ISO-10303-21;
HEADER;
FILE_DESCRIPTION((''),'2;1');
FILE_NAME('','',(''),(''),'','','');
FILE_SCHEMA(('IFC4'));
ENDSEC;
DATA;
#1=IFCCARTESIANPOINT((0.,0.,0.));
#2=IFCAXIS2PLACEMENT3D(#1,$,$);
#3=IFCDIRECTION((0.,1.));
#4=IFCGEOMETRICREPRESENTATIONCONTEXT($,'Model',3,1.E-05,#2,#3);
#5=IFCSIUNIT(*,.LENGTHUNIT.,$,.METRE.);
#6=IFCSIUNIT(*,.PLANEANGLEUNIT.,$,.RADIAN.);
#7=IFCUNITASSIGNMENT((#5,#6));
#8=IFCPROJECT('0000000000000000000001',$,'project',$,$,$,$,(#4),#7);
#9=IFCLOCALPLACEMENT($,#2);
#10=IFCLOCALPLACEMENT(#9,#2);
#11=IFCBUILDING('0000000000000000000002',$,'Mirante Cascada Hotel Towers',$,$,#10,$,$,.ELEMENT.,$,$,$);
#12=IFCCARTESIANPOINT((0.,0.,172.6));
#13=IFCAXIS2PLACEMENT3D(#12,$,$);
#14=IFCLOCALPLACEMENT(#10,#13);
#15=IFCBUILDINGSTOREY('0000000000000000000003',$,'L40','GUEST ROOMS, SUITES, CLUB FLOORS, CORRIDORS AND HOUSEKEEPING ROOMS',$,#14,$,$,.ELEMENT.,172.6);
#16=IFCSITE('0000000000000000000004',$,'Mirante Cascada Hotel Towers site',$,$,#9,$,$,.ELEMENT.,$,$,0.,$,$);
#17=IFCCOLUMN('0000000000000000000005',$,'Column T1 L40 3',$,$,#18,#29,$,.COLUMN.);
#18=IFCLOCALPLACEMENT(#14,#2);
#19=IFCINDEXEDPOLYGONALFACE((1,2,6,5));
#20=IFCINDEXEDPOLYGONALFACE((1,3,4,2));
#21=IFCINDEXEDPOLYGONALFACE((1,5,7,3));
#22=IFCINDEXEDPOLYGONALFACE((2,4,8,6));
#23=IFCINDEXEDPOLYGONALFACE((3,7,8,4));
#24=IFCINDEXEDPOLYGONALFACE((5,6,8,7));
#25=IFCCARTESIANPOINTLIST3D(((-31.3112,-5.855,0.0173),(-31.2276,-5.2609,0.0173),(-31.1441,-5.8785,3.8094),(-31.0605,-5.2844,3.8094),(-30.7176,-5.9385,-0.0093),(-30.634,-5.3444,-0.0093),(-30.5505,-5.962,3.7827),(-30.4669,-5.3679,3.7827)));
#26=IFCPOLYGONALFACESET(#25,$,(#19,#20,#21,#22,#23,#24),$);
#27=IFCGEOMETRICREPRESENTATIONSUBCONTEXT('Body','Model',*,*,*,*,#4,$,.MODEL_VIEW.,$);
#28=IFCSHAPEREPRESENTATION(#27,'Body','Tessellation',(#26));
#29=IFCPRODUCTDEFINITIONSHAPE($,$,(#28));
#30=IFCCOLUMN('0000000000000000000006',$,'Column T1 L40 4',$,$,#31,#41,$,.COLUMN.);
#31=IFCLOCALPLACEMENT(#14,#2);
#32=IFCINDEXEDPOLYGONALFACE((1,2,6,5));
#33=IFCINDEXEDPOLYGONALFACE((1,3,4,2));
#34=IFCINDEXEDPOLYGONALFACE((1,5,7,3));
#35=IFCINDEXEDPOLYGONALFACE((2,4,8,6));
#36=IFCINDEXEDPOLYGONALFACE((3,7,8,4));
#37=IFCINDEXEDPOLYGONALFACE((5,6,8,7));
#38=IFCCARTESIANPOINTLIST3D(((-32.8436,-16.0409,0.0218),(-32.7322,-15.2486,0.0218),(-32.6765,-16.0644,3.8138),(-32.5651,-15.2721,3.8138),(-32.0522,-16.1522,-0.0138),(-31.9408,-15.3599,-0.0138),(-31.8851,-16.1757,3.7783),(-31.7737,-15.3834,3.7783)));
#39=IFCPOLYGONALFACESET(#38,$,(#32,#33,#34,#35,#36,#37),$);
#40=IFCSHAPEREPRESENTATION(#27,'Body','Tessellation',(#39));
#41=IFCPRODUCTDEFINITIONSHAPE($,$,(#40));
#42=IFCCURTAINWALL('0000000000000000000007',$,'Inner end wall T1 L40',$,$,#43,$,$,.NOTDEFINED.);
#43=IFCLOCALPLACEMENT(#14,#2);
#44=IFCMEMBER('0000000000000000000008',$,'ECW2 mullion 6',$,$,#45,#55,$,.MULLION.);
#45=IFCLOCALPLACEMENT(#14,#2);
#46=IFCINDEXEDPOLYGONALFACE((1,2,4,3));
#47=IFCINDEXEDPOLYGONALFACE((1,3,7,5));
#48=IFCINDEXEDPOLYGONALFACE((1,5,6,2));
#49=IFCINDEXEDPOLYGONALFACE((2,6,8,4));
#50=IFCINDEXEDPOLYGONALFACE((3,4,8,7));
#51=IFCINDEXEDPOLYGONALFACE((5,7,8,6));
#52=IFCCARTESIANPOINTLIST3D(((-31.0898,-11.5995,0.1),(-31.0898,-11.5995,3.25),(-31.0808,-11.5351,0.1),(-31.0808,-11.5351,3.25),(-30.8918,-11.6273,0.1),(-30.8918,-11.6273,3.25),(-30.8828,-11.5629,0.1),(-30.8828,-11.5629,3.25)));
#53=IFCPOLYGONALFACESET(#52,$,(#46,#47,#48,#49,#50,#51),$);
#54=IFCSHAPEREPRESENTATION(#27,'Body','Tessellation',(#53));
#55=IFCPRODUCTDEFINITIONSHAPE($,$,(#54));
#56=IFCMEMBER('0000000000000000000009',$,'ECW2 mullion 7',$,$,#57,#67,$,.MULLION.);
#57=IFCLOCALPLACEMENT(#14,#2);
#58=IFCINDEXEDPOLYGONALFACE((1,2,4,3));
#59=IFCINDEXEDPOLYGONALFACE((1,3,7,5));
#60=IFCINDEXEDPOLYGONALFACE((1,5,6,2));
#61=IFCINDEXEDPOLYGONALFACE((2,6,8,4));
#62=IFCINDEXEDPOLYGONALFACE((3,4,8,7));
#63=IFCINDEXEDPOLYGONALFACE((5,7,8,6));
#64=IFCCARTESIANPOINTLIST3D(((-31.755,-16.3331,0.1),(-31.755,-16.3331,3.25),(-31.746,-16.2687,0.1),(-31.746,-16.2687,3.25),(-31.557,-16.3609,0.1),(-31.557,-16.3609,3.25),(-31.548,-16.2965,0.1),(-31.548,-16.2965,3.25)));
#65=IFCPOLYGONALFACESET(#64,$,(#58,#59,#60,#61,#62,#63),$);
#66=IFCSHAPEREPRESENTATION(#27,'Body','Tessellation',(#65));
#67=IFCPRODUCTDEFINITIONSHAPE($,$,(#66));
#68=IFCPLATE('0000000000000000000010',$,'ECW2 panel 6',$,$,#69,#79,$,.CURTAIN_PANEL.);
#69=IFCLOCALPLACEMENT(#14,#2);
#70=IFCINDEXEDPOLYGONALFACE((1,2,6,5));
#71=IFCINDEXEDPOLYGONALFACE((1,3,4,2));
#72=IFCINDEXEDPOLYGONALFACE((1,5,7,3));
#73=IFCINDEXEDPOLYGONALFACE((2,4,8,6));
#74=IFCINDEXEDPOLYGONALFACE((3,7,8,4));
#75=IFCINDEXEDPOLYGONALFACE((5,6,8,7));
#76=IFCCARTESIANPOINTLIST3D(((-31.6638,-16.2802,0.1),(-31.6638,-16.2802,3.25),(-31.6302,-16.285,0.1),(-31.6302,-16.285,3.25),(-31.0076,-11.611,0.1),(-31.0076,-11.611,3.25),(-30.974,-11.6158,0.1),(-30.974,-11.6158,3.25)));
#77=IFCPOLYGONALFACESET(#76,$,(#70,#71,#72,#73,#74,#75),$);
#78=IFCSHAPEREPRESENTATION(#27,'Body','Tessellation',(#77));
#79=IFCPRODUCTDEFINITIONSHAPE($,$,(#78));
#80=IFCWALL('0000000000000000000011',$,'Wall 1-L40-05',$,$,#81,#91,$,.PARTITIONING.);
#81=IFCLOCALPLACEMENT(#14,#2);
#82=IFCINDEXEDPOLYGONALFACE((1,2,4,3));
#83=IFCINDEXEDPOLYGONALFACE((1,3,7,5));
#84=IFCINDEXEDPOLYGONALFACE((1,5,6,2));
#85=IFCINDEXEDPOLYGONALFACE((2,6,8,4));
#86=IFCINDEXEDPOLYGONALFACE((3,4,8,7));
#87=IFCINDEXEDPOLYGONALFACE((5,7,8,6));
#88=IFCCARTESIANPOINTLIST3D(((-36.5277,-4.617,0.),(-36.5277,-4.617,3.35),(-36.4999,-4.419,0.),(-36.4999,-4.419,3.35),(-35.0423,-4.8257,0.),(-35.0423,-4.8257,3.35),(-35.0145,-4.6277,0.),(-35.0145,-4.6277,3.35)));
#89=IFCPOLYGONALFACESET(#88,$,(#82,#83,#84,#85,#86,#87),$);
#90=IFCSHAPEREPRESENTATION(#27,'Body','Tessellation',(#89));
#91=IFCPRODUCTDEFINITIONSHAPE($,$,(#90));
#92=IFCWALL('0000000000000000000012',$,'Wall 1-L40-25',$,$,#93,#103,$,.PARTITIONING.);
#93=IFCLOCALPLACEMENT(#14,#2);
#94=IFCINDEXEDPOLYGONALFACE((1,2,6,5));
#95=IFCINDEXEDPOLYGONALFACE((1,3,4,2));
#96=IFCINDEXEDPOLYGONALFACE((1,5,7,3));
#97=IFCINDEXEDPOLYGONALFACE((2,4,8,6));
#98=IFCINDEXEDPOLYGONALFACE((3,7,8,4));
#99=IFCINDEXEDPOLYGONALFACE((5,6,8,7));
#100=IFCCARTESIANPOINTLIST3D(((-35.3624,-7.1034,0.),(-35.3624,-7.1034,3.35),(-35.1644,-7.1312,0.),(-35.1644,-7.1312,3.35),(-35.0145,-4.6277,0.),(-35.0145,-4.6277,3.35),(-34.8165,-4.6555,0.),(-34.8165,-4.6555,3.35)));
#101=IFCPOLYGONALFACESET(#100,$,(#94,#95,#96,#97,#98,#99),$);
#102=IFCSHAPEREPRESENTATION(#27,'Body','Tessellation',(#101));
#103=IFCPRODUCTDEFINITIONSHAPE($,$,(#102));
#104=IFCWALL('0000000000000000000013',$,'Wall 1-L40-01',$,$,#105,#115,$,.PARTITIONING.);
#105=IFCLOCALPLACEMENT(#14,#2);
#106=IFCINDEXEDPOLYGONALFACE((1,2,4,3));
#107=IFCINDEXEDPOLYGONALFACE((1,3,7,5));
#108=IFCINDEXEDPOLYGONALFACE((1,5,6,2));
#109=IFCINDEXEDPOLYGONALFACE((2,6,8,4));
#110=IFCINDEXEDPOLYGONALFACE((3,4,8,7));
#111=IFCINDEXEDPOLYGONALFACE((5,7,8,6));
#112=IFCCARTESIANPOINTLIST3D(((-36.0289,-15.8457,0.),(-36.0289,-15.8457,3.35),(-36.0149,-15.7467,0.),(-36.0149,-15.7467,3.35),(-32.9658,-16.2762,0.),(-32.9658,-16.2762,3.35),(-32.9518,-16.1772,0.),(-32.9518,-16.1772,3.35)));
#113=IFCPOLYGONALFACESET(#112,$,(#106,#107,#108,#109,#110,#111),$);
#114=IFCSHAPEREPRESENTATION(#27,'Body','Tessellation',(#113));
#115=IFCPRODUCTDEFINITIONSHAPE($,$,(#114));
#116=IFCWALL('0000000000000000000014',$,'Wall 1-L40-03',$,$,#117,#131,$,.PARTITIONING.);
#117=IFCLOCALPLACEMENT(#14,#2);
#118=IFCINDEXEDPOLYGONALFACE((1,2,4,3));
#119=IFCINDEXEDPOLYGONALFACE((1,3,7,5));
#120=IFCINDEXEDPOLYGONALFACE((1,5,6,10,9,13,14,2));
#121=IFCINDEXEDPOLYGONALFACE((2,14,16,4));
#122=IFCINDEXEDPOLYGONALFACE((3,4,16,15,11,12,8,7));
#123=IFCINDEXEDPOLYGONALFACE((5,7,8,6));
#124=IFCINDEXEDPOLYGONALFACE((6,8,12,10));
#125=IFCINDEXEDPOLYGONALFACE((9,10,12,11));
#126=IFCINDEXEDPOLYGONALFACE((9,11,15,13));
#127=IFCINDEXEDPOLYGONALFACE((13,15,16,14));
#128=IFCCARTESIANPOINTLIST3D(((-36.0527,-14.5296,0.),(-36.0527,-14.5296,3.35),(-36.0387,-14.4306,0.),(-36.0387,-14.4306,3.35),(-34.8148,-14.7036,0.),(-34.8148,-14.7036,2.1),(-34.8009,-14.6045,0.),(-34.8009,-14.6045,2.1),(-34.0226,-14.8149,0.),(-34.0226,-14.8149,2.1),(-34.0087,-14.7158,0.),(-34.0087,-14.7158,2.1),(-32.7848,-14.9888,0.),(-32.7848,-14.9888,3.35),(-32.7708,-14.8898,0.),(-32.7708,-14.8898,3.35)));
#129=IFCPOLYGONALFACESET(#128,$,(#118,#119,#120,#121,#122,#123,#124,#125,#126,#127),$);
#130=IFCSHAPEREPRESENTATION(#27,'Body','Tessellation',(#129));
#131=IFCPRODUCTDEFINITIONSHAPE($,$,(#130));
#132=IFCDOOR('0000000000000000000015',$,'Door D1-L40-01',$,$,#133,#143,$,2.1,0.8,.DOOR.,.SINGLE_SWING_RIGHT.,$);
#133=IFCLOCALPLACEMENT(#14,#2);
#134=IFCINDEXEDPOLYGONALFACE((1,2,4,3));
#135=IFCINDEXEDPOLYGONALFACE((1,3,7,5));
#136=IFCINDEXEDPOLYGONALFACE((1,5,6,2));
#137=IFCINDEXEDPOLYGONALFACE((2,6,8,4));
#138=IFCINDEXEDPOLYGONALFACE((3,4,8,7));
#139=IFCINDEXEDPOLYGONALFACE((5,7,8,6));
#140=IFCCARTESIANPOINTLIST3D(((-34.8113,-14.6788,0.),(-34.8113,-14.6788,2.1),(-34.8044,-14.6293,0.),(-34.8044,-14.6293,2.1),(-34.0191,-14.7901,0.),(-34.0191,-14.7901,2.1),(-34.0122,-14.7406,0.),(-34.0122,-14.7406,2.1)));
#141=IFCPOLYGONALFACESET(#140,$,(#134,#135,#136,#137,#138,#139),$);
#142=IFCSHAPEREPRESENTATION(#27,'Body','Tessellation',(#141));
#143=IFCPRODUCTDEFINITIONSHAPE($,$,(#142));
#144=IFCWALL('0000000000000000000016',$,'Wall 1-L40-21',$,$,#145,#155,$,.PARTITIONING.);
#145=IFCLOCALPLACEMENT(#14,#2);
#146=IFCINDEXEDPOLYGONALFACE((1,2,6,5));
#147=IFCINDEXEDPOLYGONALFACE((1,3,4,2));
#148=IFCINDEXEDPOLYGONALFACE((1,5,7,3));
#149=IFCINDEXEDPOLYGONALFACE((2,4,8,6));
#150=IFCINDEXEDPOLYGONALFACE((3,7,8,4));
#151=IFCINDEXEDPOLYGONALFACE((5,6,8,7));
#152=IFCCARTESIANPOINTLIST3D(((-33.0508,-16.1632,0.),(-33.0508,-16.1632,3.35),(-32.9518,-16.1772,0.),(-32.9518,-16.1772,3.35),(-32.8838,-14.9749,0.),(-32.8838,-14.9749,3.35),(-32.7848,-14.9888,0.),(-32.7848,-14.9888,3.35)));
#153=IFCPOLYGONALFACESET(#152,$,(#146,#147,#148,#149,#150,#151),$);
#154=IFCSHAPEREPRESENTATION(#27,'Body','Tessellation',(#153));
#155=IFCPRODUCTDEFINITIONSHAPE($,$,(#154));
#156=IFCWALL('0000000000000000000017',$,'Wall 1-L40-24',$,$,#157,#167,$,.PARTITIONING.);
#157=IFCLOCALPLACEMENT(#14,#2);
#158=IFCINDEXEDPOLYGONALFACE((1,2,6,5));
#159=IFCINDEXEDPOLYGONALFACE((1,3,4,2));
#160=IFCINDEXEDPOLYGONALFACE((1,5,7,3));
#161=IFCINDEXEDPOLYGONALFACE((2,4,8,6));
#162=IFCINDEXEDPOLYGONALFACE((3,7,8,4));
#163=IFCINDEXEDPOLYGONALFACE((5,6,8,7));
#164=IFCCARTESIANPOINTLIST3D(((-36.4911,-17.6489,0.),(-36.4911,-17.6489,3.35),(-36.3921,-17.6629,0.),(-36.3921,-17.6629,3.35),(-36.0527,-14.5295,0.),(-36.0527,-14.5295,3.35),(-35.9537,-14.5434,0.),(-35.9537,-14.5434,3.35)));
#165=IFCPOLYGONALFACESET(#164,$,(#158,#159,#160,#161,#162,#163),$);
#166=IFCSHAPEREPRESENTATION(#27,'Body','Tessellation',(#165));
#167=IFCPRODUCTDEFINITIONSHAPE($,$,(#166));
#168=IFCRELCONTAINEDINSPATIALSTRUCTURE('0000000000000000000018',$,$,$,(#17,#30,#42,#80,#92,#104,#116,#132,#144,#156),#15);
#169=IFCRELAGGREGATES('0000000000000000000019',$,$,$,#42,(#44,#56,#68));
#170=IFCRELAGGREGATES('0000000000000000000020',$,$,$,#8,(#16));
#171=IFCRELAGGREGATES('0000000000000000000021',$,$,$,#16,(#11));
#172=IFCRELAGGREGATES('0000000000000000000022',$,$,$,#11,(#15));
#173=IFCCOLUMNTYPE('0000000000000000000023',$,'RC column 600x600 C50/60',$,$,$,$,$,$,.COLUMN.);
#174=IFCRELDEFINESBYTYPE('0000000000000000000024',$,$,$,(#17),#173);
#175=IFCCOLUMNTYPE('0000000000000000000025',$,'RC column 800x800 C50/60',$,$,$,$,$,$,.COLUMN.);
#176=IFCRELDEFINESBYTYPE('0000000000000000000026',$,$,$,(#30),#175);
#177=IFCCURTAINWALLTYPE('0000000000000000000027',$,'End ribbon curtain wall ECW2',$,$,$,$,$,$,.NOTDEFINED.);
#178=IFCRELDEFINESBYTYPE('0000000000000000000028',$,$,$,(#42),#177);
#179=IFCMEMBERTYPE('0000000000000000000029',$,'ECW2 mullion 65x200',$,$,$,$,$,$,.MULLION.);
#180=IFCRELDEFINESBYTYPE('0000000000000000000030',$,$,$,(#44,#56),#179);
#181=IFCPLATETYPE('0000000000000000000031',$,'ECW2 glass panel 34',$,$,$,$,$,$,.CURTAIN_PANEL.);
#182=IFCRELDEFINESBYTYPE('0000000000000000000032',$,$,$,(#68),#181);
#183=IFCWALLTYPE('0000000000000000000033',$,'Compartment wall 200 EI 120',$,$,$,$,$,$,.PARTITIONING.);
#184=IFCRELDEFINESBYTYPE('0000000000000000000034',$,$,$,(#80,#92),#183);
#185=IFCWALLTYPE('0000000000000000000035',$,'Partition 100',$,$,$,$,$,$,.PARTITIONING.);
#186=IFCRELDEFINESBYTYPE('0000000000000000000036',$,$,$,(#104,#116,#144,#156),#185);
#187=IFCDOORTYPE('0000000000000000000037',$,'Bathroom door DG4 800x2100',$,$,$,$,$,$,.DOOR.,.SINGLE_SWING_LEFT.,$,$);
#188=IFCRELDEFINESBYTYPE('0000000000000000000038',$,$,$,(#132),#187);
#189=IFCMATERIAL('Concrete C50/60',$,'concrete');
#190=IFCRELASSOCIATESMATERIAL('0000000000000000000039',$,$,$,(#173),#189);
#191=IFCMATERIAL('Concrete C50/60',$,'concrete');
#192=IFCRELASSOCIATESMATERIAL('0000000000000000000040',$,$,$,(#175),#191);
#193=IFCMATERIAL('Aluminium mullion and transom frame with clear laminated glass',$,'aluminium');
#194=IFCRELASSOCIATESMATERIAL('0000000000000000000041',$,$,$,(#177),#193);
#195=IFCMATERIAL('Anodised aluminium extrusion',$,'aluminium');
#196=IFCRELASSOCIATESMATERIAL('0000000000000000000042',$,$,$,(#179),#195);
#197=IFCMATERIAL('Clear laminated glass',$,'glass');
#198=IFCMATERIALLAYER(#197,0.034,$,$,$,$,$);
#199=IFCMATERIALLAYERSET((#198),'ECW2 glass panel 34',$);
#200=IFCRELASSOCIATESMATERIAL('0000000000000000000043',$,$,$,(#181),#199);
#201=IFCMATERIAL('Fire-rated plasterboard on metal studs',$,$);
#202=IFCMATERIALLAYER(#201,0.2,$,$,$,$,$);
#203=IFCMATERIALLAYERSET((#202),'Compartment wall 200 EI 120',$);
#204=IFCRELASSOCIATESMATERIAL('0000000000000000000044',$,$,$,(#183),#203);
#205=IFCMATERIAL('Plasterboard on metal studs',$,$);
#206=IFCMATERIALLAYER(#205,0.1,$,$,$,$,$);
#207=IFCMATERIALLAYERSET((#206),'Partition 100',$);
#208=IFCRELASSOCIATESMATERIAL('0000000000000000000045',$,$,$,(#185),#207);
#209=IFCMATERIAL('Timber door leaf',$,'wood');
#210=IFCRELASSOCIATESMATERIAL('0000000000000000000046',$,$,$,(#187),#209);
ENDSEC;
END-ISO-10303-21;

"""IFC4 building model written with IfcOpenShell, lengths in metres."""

from ifc_helpers import new_model, si_unit, direction, frame, frame_2d, origin, origin_2d, place, context, subcontext, project, spatial, rectangle, extrude, material, layer, layer_set, material_profile, profile_set, type_object, element, fill, aggregate, save


model = new_model("IFC4")

# Units and contexts
model_context = context("Model", 3, precision=1e-05, world=origin(), true_north=direction((0.0, 1.0)))
body_context = subcontext(model_context, "Body", "Model", "MODEL_VIEW")
ifc_project = project(units=[si_unit("LENGTHUNIT", "METRE"), si_unit("PLANEANGLEUNIT", "RADIAN")], contexts=[model_context])

# Site, building, storey
site_placement = place(None, origin())
site = spatial("IfcSite", under=ifc_project, at=site_placement, Name="Mirante Cascada Hotel Towers site", CompositionType="ELEMENT", RefElevation=0.0)
building_placement = place(site_placement, origin())
building = spatial("IfcBuilding", under=site, at=building_placement, Name="Mirante Cascada Hotel Towers", CompositionType="ELEMENT")
storey_placement = place(building_placement, frame((0.0, 0.0, 172.6)))
storey = spatial("IfcBuildingStorey", under=building, at=storey_placement, Name="L40", Description="GUEST ROOMS, SUITES, CLUB FLOORS, CORRIDORS AND HOUSEKEEPING ROOMS", CompositionType="ELEMENT", Elevation=172.6)

# Columns
ifc_material_1 = material(Name="Concrete C50/60", Category="concrete")
ifc_material_profile_1 = material_profile(ifc_material_1, rectangle(XDim=0.6, YDim=0.6, at=origin_2d()), Name="RC column 600x600 C50/60")
ifc_profile_set_1 = profile_set([ifc_material_profile_1], Name="Concrete C50/60")
column_type_1 = type_object("IfcColumnType", Name="RC column 600x600 C50/60", PredefinedType="COLUMN", material=ifc_profile_set_1)
column_1_placement = place(storey_placement, frame((-30.9726, -5.5997, 0.004), z_axis=(0.044023, -0.006191, 0.999011), x_axis=(0.139264, 0.990255, 0.0)))
element("IfcColumn", 1, at=column_1_placement, inside=storey, type_object=column_type_1, Name="Column T1 L40 3", PredefinedType="COLUMN", context=body_context, shape_type="SweptSolid", body=[
    extrude(rectangle(XDim=0.6, YDim=0.6, at=origin_2d()), origin(), (0.0, 0.0, 1.0), 3.7958),
])
ifc_material_2 = material(Name="Concrete C50/60", Category="concrete")
ifc_material_profile_2 = material_profile(ifc_material_2, rectangle(XDim=0.8, YDim=0.8, at=origin_2d()), Name="RC column 800x800 C50/60")
ifc_profile_set_2 = profile_set([ifc_material_profile_2], Name="Concrete C50/60")
column_type_2 = type_object("IfcColumnType", Name="RC column 800x800 C50/60", PredefinedType="COLUMN", material=ifc_profile_set_2)
column_2_placement = place(storey_placement, frame((-32.3922, -15.7004, 0.004), z_axis=(0.044023, -0.006191, 0.999011), x_axis=(0.139264, 0.990255, 0.0)))
element("IfcColumn", 2, at=column_2_placement, inside=storey, type_object=column_type_2, Name="Column T1 L40 4", PredefinedType="COLUMN", context=body_context, shape_type="SweptSolid", body=[
    extrude(rectangle(XDim=0.8, YDim=0.8, at=origin_2d()), origin(), (0.0, 0.0, 1.0), 3.7958),
])

# Curtain wall, members, plate
ifc_material_3 = material(Name="Aluminium mullion and transom frame with clear laminated glass", Category="aluminium")
curtain_wall_type = type_object("IfcCurtainWallType", Name="End ribbon curtain wall ECW2", PredefinedType="NOTDEFINED", material=ifc_material_3)
curtain_wall_placement = place(storey_placement, origin())
curtain_wall = element("IfcCurtainWall", 3, at=curtain_wall_placement, inside=storey, type_object=curtain_wall_type, Name="Inner end wall T1 L40", PredefinedType="NOTDEFINED")
ifc_material_4 = material(Name="Anodised aluminium extrusion", Category="aluminium")
ifc_material_profile_3 = material_profile(ifc_material_4, rectangle(XDim=0.2, YDim=0.065, at=origin_2d()), Name="ECW2 MULLION 65x200")
ifc_profile_set_3 = profile_set([ifc_material_profile_3], Name="Anodised aluminium extrusion")
member_type = type_object("IfcMemberType", Name="ECW2 mullion 65x200", PredefinedType="MULLION", material=ifc_profile_set_3)
member_1_placement = place(storey_placement, frame((-30.9863, -11.5812, 0.1), z_axis=(0.0, 0.0, 1.0), x_axis=(0.990268, -0.139173, 0.0)))
member_1 = element("IfcMember", 4, at=member_1_placement, type_object=member_type, Name="ECW2 mullion 6", PredefinedType="MULLION", context=body_context, shape_type="SweptSolid", body=[
    extrude(rectangle(XDim=0.2, YDim=0.065, at=origin_2d()), origin(), (0.0, 0.0, 1.0), 3.15),
])
member_2_placement = place(storey_placement, frame((-31.6515, -16.3148, 0.1), z_axis=(0.0, 0.0, 1.0), x_axis=(0.990268, -0.139173, 0.0)))
member_2 = element("IfcMember", 5, at=member_2_placement, type_object=member_type, Name="ECW2 mullion 7", PredefinedType="MULLION", context=body_context, shape_type="SweptSolid", body=[
    extrude(rectangle(XDim=0.2, YDim=0.065, at=origin_2d()), origin(), (0.0, 0.0, 1.0), 3.15),
])
ifc_material_5 = material(Name="Clear laminated glass", Category="glass")
ifc_layer_1 = layer(ifc_material_5, 0.034)
ifc_layer_set_1 = layer_set([ifc_layer_1], Name="ECW2 glass panel 34")
plate_type = type_object("IfcPlateType", Name="ECW2 glass panel 34", PredefinedType="CURTAIN_PANEL", material=ifc_layer_set_1)
plate_placement = place(storey_placement, frame((-31.3189, -13.948, 0.1), z_axis=(0.0, 0.0, 1.0), x_axis=(-0.139173, -0.990268, 0.0)))
plate = element("IfcPlate", 6, at=plate_placement, type_object=plate_type, Name="ECW2 panel 6", PredefinedType="CURTAIN_PANEL", context=body_context, shape_type="SweptSolid", body=[
    extrude(rectangle(XDim=4.7151, YDim=0.034, at=origin_2d()), origin(), (0.0, 0.0, 1.0), 3.15),
])
aggregate(curtain_wall, [member_1, member_2, plate])

# Walls
ifc_material_6 = material(Name="Fire-rated plasterboard on metal studs")
ifc_layer_2 = layer(ifc_material_6, 0.2)
ifc_layer_set_2 = layer_set([ifc_layer_2], Name="Compartment wall 200 EI 120")
wall_type_1 = type_object("IfcWallType", Name="Compartment wall 200 EI 120", PredefinedType="PARTITIONING", material=ifc_layer_set_2)
wall_1_placement = place(storey_placement, frame((-35.0284, -4.7267, 0.0), z_axis=(0.0, 0.0, 1.0), x_axis=(-0.990274, 0.139134, 0.0)))
element("IfcWall", 7, at=wall_1_placement, inside=storey, type_object=wall_type_1, Name="Wall 1-L40-05", PredefinedType="PARTITIONING", context=body_context, shape_type="SweptSolid", body=[
    extrude(rectangle(XDim=1.5, YDim=0.2, at=frame_2d((0.75, 0.0))), origin(), (0.0, 0.0, 1.0), 3.35),
])
wall_2_placement = place(storey_placement, frame((-35.2634, -7.1173, 0.0), z_axis=(0.0, 0.0, 1.0), x_axis=(0.139159, 0.99027, 0.0)))
element("IfcWall", 8, at=wall_2_placement, inside=storey, type_object=wall_type_1, Name="Wall 1-L40-25", PredefinedType="PARTITIONING", context=body_context, shape_type="SweptSolid", body=[
    extrude(rectangle(XDim=2.5, YDim=0.2, at=frame_2d((1.25, 0.0))), origin(), (0.0, 0.0, 1.0), 3.35),
])
ifc_material_7 = material(Name="Plasterboard on metal studs")
ifc_layer_3 = layer(ifc_material_7, 0.1)
ifc_layer_set_3 = layer_set([ifc_layer_3], Name="Partition 100")
wall_type_2 = type_object("IfcWallType", Name="Partition 100", PredefinedType="PARTITIONING", material=ifc_layer_set_3)
wall_3_placement = place(storey_placement, frame((-32.9588, -16.2267, 0.0), z_axis=(0.0, 0.0, 1.0), x_axis=(-0.990268, 0.139176, 0.0)))
element("IfcWall", 9, at=wall_3_placement, inside=storey, type_object=wall_type_2, Name="Wall 1-L40-01", PredefinedType="PARTITIONING", context=body_context, shape_type="SweptSolid", body=[
    extrude(rectangle(XDim=3.0932, YDim=0.1, at=frame_2d((1.5466, 0.0))), origin(), (0.0, 0.0, 1.0), 3.35),
])

# Wall, opening, door
wall_4_placement = place(storey_placement, frame((-32.7778, -14.9393, 0.0), z_axis=(0.0, 0.0, 1.0), x_axis=(-0.990271, 0.139151, 0.0)))
wall_4 = element("IfcWall", 10, at=wall_4_placement, inside=storey, type_object=wall_type_2, Name="Wall 1-L40-03", PredefinedType="PARTITIONING", context=body_context, shape_type="SweptSolid", body=[
    extrude(rectangle(XDim=3.3, YDim=0.1, at=frame_2d((1.65, 0.0))), origin(), (0.0, 0.0, 1.0), 3.35),
])
opening_1_placement = place(wall_4_placement, frame((1.25, 0.0, 0.0)))
opening_1 = element("IfcOpeningElement", 11, at=opening_1_placement, cuts=wall_4, PredefinedType="OPENING", context=body_context, shape_type="SweptSolid", body=[
    extrude(rectangle(XDim=0.8, YDim=2.1, at=frame_2d((0.4, 1.05))), frame((0.0, 0.05, 0.0), z_axis=(0.0, -1.0, 0.0), x_axis=(1.0, 0.0, 0.0)), (0.0, 0.0, 1.0), 0.1),
])
ifc_material_8 = material(Name="Timber door leaf", Category="wood")
door_type_1 = type_object("IfcDoorType", Name="Bathroom door DG4 800x2100", OperationType="SINGLE_SWING_LEFT", PredefinedType="DOOR", material=ifc_material_8)
door_1_placement = place(opening_1_placement, frame((0.8, 0.0, 0.0), z_axis=(0.0, 0.0, 1.0), x_axis=(-1.0, 0.0, 0.0)))
door_1 = element("IfcDoor", 12, at=door_1_placement, inside=storey, type_object=door_type_1, Name="Door D1-L40-01", OperationType="SINGLE_SWING_RIGHT", OverallHeight=2.1, OverallWidth=0.8, PredefinedType="DOOR", context=body_context, shape_type="SweptSolid", body=[
    extrude(rectangle(XDim=0.8, YDim=2.1, at=frame_2d((0.4, 1.05))), frame((0.0, 0.025, 0.0), z_axis=(0.0, -1.0, 0.0), x_axis=(1.0, 0.0, 0.0)), (0.0, 0.0, 1.0), 0.05),
])
fill(opening_1, door_1)

# Walls
wall_5_placement = place(storey_placement, frame((-33.0013, -16.1702, 0.0), z_axis=(0.0, 0.0, 1.0), x_axis=(0.139169, 0.990269, 0.0)))
element("IfcWall", 13, at=wall_5_placement, inside=storey, type_object=wall_type_2, Name="Wall 1-L40-21", PredefinedType="PARTITIONING", context=body_context, shape_type="SweptSolid", body=[
    extrude(rectangle(XDim=1.2, YDim=0.1, at=frame_2d((0.6, 0.0))), origin(), (0.0, 0.0, 1.0), 3.35),
])
wall_6_placement = place(storey_placement, frame((-36.0032, -14.5365, 0.0), z_axis=(0.0, 0.0, 1.0), x_axis=(-0.139172, -0.990268, 0.0)))
element("IfcWall", 14, at=wall_6_placement, inside=storey, type_object=wall_type_2, Name="Wall 1-L40-24", PredefinedType="PARTITIONING", context=body_context, shape_type="SweptSolid", body=[
    extrude(rectangle(XDim=3.1501, YDim=0.1, at=frame_2d((1.575, 0.0))), origin(), (0.0, 0.0, 1.0), 3.35),
])

save(model, "model.ifc")
